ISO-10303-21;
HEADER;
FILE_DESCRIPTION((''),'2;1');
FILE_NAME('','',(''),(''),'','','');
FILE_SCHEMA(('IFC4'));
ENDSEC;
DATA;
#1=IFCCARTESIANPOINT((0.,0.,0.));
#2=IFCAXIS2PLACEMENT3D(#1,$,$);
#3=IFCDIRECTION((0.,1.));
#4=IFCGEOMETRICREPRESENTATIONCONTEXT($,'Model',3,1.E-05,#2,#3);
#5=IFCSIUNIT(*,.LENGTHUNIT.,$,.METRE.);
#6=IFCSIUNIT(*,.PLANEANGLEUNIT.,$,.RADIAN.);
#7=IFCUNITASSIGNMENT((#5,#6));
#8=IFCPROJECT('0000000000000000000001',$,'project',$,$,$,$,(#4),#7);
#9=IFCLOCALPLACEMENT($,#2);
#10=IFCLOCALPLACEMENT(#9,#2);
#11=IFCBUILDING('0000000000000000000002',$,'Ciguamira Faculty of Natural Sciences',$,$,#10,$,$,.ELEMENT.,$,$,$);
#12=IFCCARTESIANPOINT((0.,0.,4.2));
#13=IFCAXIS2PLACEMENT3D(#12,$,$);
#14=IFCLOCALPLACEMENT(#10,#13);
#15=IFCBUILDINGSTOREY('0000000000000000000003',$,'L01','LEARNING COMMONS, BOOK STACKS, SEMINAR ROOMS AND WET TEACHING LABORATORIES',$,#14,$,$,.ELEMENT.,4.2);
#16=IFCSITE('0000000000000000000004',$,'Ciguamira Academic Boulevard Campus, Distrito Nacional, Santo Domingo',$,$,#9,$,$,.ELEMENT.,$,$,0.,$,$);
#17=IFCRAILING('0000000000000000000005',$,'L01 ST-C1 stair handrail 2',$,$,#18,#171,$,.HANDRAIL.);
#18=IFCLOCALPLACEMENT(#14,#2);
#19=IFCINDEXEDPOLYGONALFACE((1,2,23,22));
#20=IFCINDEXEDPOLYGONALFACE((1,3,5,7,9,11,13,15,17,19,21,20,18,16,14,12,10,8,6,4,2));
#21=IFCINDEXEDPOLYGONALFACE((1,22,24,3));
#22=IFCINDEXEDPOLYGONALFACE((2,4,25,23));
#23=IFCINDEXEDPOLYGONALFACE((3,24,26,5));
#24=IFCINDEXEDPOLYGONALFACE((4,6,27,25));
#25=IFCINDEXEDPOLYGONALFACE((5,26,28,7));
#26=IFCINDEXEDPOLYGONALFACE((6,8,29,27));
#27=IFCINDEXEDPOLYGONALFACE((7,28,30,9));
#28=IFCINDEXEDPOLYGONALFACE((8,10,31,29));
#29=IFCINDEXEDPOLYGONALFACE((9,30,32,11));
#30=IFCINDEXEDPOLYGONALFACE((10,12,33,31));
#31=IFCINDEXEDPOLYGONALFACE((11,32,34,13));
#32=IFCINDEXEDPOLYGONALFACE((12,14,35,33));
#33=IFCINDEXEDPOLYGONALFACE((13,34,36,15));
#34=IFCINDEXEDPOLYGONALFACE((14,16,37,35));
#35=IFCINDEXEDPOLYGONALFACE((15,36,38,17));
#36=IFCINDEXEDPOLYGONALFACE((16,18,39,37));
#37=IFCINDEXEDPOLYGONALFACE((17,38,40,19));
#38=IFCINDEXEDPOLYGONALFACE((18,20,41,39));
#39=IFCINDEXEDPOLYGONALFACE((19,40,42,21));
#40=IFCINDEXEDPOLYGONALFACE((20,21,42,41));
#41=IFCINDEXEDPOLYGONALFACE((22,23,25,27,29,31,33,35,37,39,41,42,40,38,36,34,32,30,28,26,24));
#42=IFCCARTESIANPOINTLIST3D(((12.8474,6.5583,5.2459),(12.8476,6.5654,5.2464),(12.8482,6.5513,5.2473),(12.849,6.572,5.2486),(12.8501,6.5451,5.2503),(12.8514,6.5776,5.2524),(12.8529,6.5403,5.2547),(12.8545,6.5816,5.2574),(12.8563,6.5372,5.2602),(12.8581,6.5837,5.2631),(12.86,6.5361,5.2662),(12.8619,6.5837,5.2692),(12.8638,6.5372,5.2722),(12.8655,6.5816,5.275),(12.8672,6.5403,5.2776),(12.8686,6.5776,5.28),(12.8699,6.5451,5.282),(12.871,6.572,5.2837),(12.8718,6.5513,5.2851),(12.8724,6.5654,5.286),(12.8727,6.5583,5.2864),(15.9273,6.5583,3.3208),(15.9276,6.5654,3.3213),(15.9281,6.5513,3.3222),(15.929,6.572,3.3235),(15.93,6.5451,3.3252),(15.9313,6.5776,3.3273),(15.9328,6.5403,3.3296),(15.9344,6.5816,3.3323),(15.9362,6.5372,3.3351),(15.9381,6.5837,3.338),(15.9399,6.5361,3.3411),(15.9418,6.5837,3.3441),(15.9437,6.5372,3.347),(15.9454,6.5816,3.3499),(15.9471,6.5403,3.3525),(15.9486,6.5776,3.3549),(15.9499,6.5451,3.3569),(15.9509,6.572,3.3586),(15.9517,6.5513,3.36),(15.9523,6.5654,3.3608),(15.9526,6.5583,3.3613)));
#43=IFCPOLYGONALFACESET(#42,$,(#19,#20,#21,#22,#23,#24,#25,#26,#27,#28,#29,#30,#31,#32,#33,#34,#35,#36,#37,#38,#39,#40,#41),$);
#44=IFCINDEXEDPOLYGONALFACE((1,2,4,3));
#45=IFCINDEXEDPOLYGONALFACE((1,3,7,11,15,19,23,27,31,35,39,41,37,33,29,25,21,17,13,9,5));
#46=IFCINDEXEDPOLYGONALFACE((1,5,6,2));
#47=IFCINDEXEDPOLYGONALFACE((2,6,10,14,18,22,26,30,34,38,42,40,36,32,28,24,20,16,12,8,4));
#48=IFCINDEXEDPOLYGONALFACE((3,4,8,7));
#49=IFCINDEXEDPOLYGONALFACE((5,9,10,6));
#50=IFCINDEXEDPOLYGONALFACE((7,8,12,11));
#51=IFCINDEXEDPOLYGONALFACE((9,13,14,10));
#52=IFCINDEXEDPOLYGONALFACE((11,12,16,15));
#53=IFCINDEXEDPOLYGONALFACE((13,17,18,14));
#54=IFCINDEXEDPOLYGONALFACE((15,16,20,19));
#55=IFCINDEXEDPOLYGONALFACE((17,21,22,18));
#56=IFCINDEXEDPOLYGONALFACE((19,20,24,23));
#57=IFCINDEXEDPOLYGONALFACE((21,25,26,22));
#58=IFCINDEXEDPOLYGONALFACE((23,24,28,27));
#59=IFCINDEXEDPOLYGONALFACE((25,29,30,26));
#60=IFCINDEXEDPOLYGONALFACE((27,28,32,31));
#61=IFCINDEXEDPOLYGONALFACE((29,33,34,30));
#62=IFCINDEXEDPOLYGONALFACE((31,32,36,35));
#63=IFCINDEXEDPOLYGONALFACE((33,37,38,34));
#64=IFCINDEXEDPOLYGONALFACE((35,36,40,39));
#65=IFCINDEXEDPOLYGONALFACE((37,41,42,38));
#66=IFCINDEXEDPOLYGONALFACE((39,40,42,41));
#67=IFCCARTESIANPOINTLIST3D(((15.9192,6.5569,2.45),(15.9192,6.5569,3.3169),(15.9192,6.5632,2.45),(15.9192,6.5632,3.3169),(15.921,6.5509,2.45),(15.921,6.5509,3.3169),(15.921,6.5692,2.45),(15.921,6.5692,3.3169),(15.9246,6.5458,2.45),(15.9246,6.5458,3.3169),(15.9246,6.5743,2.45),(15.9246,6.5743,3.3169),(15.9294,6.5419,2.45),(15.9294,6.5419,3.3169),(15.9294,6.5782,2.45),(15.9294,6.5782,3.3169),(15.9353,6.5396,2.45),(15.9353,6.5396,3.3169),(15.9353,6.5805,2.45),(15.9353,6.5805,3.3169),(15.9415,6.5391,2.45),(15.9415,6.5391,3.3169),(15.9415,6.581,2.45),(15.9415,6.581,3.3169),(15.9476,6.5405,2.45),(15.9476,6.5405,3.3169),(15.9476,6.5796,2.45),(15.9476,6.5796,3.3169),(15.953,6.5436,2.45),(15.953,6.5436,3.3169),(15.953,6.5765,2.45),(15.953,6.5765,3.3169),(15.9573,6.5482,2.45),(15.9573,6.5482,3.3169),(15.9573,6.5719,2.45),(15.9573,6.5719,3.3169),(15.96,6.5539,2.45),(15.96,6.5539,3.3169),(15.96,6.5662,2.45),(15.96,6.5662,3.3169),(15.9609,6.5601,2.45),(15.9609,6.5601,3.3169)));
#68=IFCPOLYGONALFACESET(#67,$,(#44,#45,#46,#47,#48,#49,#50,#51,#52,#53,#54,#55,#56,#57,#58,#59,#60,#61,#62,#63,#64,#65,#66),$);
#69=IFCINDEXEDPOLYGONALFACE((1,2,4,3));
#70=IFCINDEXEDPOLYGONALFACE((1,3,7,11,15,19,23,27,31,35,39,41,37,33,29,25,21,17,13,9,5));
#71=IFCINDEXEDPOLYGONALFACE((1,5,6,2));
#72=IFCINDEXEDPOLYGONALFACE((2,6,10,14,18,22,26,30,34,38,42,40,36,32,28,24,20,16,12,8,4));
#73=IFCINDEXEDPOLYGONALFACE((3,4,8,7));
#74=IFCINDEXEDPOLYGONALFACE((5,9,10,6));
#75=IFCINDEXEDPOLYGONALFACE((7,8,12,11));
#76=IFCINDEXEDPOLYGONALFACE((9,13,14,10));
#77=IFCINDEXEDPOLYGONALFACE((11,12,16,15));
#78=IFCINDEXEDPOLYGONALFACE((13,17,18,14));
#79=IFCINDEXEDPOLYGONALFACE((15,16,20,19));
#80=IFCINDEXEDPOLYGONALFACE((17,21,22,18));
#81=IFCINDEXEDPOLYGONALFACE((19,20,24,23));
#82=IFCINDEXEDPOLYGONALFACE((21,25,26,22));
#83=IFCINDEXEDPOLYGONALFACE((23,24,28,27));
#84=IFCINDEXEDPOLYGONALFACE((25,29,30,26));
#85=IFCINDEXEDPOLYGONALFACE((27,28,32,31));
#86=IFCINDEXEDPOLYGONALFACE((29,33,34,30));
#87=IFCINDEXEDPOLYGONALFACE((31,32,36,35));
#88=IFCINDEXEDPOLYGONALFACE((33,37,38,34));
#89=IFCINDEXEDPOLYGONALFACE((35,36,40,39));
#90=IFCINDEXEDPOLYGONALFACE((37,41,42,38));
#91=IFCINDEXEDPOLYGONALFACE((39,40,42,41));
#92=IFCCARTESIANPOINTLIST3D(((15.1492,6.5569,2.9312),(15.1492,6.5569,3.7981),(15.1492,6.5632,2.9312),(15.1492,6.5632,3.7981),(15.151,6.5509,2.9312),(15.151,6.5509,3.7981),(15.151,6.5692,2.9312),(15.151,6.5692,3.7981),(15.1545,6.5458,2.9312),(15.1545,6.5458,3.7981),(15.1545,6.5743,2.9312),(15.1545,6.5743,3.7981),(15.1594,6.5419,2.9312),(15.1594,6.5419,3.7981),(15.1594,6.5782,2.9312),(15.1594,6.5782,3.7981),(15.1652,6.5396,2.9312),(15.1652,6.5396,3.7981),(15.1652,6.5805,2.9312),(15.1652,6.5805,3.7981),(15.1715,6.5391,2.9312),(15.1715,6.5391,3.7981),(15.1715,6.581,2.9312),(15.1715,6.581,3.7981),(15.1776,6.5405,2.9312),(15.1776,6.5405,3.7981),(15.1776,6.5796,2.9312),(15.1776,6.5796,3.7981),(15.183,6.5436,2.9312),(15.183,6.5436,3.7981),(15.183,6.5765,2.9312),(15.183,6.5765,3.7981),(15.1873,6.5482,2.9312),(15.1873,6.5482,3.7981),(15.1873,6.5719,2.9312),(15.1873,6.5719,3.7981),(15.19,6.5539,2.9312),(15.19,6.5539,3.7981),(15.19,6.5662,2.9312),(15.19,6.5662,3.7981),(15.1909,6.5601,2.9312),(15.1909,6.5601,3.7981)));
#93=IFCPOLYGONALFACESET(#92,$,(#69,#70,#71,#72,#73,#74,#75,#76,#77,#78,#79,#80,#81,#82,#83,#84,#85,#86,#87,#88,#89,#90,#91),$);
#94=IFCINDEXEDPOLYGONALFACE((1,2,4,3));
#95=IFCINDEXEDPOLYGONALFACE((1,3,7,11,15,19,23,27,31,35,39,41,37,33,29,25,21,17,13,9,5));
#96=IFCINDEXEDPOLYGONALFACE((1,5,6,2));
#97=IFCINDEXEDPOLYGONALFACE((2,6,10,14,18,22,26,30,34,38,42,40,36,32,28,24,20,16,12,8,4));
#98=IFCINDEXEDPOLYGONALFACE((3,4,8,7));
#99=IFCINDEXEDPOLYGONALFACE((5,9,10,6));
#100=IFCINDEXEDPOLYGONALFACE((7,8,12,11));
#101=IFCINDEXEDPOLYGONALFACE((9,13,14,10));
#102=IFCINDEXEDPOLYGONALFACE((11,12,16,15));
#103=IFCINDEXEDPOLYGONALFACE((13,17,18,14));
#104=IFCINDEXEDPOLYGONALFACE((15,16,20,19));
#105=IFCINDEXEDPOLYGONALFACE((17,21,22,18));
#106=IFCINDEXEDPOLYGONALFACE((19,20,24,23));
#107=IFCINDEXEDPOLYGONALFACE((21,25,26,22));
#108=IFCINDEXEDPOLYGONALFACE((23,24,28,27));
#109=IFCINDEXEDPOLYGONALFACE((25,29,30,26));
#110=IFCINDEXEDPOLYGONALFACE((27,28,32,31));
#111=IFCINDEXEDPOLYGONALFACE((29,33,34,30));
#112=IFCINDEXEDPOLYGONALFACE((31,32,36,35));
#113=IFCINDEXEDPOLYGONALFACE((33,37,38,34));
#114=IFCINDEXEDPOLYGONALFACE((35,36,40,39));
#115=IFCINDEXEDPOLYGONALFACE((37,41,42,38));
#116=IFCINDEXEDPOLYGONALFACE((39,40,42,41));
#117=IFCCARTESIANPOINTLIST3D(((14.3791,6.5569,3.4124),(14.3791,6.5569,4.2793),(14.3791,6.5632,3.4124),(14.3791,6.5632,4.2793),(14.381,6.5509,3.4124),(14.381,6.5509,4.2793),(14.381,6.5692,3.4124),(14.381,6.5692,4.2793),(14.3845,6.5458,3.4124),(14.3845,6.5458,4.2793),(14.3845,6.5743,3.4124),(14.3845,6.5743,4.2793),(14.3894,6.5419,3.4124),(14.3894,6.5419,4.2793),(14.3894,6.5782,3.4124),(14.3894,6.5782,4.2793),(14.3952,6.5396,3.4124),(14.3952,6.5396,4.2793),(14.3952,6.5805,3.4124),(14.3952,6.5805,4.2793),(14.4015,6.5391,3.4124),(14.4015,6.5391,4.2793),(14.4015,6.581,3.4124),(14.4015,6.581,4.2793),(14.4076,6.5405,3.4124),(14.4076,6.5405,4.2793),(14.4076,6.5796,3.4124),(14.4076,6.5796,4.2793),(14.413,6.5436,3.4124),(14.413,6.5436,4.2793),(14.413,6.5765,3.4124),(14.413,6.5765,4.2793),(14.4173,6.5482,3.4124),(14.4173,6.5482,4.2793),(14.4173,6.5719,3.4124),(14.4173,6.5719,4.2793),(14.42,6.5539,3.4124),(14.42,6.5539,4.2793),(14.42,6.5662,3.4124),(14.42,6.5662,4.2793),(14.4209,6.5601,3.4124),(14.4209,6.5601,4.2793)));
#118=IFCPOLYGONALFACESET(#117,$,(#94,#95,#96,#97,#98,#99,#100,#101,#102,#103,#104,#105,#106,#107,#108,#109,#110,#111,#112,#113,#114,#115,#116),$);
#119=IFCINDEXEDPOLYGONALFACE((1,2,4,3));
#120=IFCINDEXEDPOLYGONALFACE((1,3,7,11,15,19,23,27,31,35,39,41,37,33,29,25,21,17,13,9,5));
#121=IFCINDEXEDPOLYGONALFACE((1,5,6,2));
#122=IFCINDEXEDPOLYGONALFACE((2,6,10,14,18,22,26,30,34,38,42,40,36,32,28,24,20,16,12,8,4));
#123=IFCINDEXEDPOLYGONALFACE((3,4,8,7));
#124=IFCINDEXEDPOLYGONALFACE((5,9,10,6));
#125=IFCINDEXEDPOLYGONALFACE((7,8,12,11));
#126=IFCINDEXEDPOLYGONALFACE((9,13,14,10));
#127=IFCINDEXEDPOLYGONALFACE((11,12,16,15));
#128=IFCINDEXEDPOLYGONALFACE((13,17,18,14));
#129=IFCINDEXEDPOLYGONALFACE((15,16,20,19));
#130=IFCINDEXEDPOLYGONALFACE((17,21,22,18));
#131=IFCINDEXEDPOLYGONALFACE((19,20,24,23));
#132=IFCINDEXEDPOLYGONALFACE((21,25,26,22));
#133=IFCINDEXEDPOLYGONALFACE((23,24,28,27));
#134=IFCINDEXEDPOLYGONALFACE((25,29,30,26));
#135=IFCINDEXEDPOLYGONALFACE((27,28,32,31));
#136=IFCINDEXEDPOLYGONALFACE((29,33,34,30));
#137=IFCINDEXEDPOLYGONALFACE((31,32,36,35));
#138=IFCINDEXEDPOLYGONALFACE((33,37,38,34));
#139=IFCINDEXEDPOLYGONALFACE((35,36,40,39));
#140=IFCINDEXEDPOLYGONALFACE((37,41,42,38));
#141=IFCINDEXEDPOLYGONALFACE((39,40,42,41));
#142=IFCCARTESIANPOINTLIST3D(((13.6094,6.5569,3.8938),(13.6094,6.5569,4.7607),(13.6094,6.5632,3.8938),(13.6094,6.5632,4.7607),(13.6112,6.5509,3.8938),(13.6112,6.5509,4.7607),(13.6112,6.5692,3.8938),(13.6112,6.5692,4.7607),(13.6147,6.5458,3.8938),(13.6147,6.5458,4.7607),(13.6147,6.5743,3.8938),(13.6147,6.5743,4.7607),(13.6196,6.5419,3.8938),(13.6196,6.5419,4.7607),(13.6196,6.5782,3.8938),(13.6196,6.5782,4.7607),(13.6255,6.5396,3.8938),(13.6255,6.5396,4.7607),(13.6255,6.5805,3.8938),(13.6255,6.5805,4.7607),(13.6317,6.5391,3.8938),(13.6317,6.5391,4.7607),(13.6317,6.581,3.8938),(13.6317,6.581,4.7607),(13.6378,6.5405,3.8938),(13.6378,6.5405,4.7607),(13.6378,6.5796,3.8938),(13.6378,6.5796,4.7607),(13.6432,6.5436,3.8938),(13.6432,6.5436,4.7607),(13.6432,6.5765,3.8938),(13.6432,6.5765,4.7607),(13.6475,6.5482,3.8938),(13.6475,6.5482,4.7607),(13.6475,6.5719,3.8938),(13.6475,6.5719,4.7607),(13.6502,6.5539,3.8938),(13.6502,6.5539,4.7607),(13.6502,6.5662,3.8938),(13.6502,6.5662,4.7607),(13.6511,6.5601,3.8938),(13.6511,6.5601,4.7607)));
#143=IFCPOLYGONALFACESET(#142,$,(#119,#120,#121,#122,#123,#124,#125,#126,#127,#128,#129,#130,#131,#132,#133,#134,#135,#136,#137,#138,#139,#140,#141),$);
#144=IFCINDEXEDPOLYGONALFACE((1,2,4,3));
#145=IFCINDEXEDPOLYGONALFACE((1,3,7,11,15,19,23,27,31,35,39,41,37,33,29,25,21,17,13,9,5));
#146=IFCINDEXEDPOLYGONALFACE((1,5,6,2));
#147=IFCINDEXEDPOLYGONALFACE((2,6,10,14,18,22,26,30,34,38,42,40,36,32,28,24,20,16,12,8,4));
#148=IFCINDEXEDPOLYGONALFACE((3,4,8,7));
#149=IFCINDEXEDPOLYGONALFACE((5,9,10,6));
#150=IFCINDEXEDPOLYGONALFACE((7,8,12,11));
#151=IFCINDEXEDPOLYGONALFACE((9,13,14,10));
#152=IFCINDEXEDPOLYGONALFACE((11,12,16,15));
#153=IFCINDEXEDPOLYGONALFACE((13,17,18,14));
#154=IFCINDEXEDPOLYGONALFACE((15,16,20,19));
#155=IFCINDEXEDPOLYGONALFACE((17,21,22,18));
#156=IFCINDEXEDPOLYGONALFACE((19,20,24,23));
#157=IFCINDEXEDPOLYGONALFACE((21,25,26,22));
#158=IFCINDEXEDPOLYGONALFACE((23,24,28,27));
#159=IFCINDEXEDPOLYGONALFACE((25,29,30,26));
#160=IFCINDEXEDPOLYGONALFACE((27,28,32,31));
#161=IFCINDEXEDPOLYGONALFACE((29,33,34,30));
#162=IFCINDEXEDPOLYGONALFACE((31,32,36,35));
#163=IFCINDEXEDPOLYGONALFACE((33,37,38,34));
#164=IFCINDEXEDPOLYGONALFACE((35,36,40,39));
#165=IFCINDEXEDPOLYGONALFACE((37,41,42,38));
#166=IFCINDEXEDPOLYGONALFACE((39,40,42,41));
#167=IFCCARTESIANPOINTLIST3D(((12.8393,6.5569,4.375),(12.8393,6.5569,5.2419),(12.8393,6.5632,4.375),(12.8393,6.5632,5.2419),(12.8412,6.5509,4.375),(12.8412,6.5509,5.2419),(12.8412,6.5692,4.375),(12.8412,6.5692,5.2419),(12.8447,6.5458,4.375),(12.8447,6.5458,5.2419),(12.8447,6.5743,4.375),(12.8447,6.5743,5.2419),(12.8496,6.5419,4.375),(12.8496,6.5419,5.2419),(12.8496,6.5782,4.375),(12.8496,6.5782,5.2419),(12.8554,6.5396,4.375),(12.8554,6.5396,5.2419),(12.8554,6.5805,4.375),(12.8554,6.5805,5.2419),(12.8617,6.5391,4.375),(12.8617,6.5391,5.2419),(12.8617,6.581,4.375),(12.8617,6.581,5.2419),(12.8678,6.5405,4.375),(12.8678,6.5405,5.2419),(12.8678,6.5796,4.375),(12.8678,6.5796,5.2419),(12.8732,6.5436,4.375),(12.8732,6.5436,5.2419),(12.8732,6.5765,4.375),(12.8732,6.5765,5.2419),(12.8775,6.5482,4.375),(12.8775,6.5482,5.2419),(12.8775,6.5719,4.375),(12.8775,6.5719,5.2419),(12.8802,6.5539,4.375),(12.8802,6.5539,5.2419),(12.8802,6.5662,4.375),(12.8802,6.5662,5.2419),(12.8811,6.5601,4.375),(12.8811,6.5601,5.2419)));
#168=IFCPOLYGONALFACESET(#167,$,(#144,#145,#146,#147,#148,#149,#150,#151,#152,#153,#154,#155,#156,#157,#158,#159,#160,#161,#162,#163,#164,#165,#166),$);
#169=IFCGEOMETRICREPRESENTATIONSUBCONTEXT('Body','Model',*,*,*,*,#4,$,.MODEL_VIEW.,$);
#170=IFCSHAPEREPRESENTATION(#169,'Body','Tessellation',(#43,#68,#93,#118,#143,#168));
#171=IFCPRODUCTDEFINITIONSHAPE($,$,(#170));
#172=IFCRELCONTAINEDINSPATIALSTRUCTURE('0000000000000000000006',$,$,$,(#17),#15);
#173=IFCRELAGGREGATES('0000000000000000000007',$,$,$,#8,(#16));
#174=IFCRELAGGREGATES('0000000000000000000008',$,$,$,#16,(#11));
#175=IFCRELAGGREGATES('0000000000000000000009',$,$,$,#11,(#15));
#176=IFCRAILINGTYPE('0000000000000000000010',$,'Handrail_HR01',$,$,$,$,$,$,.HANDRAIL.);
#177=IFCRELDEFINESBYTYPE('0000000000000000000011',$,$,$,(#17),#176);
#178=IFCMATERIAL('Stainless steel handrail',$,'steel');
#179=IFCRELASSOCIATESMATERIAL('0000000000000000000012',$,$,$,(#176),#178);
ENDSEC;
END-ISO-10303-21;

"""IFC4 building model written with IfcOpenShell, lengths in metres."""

from ifc_helpers import new_model, si_unit, direction, frame, origin, origin_2d, place, context, subcontext, project, spatial, circle, extrude, material, type_object, element, save


model = new_model("IFC4")

# Units and contexts
model_context = context("Model", 3, precision=1e-05, world=origin(), true_north=direction((0.0, 1.0)))
body_context = subcontext(model_context, "Body", "Model", "MODEL_VIEW")
ifc_project = project(units=[si_unit("LENGTHUNIT", "METRE"), si_unit("PLANEANGLEUNIT", "RADIAN")], contexts=[model_context])

# Site, building, storey
site_placement = place(None, origin())
site = spatial("IfcSite", under=ifc_project, at=site_placement, Name="Ciguamira Academic Boulevard Campus, Distrito Nacional, Santo Domingo", CompositionType="ELEMENT", RefElevation=0.0)
building_placement = place(site_placement, origin())
building = spatial("IfcBuilding", under=site, at=building_placement, Name="Ciguamira Faculty of Natural Sciences", CompositionType="ELEMENT")
storey_placement = place(building_placement, frame((0.0, 0.0, 4.2)))
storey = spatial("IfcBuildingStorey", under=building, at=storey_placement, Name="L01", Description="LEARNING COMMONS, BOOK STACKS, SEMINAR ROOMS AND WET TEACHING LABORATORIES", CompositionType="ELEMENT", Elevation=4.2)

# Railing
ifc_material_1 = material(Name="Stainless steel handrail", Category="steel")
railing_type_1 = type_object("IfcRailingType", Name="Handrail_HR01", PredefinedType="HANDRAIL", material=ifc_material_1)
railing_1_placement = place(storey_placement, frame((15.9399, 6.5601, 2.45)))
element("IfcRailing", 1, at=railing_1_placement, inside=storey, type_object=railing_type_1, Name="L01 ST-C1 stair handrail 2", PredefinedType="HANDRAIL", context=body_context, shape_type="SweptSolid", body=[
    extrude(circle(Radius=0.0239, at=origin_2d()), frame((0.0, 0.0, 0.8911), z_axis=(-0.847979, 0.0, 0.530029), x_axis=(0.0, -1.0, 0.0)), (0.0, 0.0, 1.0), 3.6321),
    extrude(circle(Radius=0.021, at=origin_2d()), origin(), (0.0, 0.0, 1.0), 0.8669),
    extrude(circle(Radius=0.021, at=origin_2d()), frame((-0.77, 0.0, 0.4812)), (0.0, 0.0, 1.0), 0.8669),
    extrude(circle(Radius=0.021, at=origin_2d()), frame((-1.54, 0.0, 0.9624)), (0.0, 0.0, 1.0), 0.8669),
    extrude(circle(Radius=0.021, at=origin_2d()), frame((-2.3098, 0.0, 1.4438)), (0.0, 0.0, 1.0), 0.8669),
    extrude(circle(Radius=0.021, at=origin_2d()), frame((-3.0798, 0.0, 1.925)), (0.0, 0.0, 1.0), 0.8669),
])

save(model, "model.ifc")
